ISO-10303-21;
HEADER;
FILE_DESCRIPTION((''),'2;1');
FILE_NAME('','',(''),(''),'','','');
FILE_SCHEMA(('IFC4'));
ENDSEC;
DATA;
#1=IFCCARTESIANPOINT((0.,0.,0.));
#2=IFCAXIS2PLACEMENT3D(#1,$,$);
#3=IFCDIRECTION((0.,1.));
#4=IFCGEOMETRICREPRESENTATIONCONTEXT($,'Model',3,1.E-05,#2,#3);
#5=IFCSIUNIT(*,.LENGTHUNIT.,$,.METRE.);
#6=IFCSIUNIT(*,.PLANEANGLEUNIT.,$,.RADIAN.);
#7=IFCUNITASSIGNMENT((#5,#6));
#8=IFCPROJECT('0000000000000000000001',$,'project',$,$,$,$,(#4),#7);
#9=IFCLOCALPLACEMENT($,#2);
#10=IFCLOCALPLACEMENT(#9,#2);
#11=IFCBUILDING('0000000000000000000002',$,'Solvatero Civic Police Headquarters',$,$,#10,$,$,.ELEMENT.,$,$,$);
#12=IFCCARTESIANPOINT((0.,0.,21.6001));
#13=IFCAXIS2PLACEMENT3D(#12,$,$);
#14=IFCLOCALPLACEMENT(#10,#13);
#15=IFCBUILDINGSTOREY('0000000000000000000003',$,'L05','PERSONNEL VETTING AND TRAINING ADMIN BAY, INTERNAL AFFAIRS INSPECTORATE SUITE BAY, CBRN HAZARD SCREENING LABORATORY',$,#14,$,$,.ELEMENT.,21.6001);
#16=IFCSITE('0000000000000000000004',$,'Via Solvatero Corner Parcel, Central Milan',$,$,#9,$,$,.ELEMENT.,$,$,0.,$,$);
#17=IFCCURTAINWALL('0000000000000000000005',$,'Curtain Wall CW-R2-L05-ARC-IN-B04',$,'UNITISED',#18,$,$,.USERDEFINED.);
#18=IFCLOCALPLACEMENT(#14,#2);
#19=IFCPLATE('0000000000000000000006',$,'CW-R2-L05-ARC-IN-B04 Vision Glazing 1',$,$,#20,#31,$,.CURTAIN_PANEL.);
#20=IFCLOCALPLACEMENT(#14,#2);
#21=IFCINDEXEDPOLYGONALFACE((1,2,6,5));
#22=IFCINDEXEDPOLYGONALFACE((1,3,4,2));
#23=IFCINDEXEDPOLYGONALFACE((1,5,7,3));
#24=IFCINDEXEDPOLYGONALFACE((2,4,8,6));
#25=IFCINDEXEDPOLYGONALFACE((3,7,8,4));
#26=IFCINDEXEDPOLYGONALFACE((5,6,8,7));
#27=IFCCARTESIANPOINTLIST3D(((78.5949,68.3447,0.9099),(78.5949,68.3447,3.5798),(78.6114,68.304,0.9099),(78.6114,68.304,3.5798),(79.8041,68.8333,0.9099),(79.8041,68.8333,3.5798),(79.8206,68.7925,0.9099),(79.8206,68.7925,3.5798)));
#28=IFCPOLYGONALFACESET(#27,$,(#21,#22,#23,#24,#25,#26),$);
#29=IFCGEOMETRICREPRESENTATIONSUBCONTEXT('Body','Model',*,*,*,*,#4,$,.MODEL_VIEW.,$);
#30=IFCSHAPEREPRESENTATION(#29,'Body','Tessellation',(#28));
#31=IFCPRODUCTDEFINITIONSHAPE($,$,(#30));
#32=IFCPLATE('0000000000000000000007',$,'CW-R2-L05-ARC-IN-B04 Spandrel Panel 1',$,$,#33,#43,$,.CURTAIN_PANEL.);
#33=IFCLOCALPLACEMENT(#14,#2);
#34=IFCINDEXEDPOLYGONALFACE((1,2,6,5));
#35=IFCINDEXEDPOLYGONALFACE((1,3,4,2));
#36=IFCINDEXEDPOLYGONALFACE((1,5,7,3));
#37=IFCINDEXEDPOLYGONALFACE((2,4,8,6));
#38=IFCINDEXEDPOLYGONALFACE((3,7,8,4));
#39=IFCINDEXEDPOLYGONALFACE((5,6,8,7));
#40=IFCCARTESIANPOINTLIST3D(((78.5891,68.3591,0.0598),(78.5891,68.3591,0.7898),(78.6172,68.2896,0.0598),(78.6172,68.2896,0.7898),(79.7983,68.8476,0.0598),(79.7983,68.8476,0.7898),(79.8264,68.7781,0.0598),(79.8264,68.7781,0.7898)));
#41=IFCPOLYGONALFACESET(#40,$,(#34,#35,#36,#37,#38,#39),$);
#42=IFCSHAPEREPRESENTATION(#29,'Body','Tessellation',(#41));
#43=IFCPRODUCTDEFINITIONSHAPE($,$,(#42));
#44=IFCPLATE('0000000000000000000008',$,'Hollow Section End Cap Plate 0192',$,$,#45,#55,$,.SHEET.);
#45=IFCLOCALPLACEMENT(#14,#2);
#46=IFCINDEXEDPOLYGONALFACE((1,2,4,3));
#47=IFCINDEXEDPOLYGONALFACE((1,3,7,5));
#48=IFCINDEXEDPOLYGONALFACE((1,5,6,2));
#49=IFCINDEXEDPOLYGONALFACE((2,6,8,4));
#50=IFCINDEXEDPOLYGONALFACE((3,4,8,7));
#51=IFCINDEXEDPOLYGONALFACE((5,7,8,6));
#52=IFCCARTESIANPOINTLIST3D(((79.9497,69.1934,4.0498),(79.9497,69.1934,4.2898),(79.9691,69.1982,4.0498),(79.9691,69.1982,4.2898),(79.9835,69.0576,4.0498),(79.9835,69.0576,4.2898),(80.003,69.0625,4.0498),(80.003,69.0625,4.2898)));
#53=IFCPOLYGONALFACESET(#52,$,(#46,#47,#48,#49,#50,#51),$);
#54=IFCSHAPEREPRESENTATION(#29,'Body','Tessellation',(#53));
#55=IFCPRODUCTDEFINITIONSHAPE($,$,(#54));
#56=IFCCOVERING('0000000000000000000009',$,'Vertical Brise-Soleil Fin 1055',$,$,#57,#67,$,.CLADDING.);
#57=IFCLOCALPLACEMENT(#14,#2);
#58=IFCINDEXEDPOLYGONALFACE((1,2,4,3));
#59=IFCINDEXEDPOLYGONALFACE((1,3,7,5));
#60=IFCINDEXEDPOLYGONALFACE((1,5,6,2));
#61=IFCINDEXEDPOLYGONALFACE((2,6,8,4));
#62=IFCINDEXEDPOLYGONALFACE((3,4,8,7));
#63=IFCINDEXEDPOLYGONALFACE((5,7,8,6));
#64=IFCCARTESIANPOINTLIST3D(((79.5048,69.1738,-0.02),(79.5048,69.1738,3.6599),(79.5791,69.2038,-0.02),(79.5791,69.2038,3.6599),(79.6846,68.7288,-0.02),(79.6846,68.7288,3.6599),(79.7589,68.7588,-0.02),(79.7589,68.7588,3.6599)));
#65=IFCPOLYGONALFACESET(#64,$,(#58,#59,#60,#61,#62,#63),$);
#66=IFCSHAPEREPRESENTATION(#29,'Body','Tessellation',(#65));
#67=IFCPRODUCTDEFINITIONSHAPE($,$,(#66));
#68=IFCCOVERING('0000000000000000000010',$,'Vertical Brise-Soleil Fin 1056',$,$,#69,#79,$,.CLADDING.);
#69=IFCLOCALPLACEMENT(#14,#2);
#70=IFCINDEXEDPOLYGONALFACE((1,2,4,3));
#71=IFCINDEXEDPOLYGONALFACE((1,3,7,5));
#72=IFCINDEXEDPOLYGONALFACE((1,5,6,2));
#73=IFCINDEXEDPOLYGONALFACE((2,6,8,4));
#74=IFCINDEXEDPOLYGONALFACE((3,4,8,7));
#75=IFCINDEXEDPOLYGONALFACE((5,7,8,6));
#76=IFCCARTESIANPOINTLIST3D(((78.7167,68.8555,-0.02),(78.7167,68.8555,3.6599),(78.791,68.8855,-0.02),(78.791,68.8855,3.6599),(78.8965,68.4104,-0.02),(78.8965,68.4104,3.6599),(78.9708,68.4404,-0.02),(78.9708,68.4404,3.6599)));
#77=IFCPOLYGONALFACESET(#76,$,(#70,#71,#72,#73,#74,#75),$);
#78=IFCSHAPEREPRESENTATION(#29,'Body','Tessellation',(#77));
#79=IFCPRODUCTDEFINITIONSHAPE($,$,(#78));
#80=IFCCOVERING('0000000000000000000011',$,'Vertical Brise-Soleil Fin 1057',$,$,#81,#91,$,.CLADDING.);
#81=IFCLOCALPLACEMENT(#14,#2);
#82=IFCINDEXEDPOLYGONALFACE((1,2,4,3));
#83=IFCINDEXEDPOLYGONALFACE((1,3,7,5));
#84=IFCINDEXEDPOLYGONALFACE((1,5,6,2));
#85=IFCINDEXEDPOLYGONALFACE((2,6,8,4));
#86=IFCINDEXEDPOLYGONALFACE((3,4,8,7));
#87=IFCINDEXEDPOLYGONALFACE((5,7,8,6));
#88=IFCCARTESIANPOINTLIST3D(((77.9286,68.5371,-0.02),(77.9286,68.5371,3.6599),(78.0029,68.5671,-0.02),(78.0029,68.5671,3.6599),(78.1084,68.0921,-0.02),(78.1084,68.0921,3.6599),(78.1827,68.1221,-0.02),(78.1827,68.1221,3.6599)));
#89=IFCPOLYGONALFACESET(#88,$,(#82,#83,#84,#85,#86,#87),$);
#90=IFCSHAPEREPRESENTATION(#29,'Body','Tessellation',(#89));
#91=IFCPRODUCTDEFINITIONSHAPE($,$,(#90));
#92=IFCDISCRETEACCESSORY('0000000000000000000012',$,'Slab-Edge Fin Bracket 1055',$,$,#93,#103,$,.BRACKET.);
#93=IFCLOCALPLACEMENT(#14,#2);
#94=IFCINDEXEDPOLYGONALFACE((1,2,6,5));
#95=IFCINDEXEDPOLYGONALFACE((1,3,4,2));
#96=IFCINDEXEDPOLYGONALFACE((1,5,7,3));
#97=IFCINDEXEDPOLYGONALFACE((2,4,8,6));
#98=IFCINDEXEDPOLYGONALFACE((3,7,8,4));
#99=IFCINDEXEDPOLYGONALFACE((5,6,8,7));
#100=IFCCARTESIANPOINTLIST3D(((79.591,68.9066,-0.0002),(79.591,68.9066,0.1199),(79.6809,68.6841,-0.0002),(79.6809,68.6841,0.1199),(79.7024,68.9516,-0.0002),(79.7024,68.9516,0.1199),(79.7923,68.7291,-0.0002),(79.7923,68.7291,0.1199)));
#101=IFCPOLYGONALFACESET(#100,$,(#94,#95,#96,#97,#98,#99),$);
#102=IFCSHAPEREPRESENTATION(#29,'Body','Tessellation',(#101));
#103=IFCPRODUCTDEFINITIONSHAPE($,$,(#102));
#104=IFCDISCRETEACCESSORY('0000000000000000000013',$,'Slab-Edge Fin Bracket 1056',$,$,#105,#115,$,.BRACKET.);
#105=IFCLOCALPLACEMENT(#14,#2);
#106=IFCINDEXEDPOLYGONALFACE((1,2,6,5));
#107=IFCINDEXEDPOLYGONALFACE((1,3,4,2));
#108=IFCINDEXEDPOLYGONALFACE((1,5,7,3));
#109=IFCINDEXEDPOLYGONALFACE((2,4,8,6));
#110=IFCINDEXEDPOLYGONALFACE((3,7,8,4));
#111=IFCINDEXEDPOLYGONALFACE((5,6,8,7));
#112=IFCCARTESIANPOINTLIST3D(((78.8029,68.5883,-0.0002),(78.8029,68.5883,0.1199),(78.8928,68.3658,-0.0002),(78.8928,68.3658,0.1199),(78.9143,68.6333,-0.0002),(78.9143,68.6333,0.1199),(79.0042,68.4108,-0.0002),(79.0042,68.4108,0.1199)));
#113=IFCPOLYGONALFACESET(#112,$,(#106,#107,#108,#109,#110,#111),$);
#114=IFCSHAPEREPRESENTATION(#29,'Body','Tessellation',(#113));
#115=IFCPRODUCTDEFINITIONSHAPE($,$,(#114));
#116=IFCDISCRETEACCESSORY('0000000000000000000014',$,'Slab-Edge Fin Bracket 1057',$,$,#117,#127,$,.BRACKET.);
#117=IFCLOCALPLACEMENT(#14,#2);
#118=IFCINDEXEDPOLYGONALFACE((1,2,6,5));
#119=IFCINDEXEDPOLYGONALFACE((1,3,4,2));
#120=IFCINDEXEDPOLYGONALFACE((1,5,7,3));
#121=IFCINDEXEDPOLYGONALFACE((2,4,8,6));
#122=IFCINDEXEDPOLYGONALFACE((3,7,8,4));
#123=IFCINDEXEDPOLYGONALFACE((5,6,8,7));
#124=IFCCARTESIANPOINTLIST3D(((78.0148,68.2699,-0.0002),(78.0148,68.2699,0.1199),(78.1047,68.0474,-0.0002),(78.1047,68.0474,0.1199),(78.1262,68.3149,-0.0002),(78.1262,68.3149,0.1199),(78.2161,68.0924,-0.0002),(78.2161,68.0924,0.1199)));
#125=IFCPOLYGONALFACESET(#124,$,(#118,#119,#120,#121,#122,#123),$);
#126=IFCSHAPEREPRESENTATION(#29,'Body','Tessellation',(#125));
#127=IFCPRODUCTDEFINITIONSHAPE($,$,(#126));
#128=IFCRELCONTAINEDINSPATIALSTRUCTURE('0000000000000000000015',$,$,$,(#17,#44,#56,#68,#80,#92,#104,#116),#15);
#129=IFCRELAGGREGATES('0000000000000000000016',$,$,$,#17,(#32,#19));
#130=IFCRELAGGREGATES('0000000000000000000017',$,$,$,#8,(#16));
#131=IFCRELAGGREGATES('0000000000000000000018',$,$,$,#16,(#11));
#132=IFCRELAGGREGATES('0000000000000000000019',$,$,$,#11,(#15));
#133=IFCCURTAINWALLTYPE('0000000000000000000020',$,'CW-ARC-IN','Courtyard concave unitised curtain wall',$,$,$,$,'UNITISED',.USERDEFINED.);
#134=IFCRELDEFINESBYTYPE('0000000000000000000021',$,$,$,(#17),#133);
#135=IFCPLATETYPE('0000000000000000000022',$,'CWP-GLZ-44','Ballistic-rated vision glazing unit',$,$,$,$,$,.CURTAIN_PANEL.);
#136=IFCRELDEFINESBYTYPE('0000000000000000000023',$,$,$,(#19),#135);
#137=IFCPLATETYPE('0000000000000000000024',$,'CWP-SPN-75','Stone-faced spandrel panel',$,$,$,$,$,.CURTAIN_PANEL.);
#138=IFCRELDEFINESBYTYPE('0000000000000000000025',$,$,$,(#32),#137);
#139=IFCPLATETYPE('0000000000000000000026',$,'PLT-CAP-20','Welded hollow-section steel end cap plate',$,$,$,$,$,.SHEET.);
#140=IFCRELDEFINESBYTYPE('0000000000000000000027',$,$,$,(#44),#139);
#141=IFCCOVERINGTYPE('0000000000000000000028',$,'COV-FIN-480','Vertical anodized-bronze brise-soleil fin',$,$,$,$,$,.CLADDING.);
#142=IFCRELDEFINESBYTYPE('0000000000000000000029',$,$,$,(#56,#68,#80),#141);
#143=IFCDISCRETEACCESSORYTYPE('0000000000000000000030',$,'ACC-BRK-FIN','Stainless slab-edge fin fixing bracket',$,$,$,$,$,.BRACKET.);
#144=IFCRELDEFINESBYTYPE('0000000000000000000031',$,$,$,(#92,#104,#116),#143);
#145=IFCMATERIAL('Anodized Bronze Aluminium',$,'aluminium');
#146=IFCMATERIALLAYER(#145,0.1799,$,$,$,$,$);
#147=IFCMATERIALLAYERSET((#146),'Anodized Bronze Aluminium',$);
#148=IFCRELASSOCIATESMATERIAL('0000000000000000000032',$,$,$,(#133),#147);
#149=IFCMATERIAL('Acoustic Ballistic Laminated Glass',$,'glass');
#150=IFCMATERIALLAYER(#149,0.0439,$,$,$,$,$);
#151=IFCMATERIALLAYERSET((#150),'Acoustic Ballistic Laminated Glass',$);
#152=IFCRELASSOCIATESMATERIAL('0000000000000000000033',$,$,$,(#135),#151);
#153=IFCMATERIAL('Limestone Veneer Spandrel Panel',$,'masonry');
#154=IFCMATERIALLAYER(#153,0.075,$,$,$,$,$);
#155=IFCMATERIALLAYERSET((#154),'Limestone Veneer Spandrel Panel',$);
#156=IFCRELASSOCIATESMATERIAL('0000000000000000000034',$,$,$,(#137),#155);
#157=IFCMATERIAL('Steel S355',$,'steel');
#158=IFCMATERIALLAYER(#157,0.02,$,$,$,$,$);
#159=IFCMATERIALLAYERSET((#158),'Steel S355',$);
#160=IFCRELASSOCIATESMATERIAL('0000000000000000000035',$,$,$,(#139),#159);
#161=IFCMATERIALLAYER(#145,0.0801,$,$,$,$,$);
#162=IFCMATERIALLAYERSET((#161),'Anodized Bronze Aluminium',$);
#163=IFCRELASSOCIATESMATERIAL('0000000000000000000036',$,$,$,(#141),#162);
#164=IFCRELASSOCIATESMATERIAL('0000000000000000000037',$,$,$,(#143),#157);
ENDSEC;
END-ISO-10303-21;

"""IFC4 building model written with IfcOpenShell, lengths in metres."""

from ifc_helpers import new_model, si_unit, direction, frame, origin, origin_2d, place, context, subcontext, project, spatial, rectangle, extrude, material, layer, layer_set, type_object, element, aggregate, save


model = new_model("IFC4")

# Units and contexts
model_context = context("Model", 3, precision=1e-05, world=origin(), true_north=direction((0.0, 1.0)))
body_context = subcontext(model_context, "Body", "Model", "MODEL_VIEW")
ifc_project = project(units=[si_unit("LENGTHUNIT", "METRE"), si_unit("PLANEANGLEUNIT", "RADIAN")], contexts=[model_context])

# Site, building, storey
site_placement = place(None, origin())
site = spatial("IfcSite", under=ifc_project, at=site_placement, Name="Via Solvatero Corner Parcel, Central Milan", CompositionType="ELEMENT", RefElevation=0.0)
building_placement = place(site_placement, origin())
building = spatial("IfcBuilding", under=site, at=building_placement, Name="Solvatero Civic Police Headquarters", CompositionType="ELEMENT")
storey_placement = place(building_placement, frame((0.0, 0.0, 21.6001)))
storey = spatial("IfcBuildingStorey", under=building, at=storey_placement, Name="L05", Description="PERSONNEL VETTING AND TRAINING ADMIN BAY, INTERNAL AFFAIRS INSPECTORATE SUITE BAY, CBRN HAZARD SCREENING LABORATORY", CompositionType="ELEMENT", Elevation=21.6001)

# Shared definitions
ifc_material_1 = material(Name="Steel S355", Category="steel")

# Curtain wall, plates
ifc_material_2 = material(Name="Anodized Bronze Aluminium", Category="aluminium")
ifc_layer_1 = layer(ifc_material_2, 0.1799)
ifc_layer_set_1 = layer_set([ifc_layer_1], Name="Anodized Bronze Aluminium")
curtain_wall_type = type_object("IfcCurtainWallType", Name="CW-ARC-IN", Description="Courtyard concave unitised curtain wall", ElementType="UNITISED", PredefinedType="USERDEFINED", material=ifc_layer_set_1)
curtain_wall_placement = place(storey_placement, origin())
curtain_wall = element("IfcCurtainWall", 1, at=curtain_wall_placement, inside=storey, type_object=curtain_wall_type, Name="Curtain Wall CW-R2-L05-ARC-IN-B04", ObjectType="UNITISED", PredefinedType="USERDEFINED")
ifc_material_3 = material(Name="Acoustic Ballistic Laminated Glass", Category="glass")
ifc_layer_2 = layer(ifc_material_3, 0.0439)
ifc_layer_set_2 = layer_set([ifc_layer_2], Name="Acoustic Ballistic Laminated Glass")
plate_type_1 = type_object("IfcPlateType", Name="CWP-GLZ-44", Description="Ballistic-rated vision glazing unit", PredefinedType="CURTAIN_PANEL", material=ifc_layer_set_2)
plate_1_placement = place(storey_placement, frame((79.2078, 68.5686, 0.9099), z_axis=(0.0, 0.0, 1.0), x_axis=(-0.927184, -0.374607, 0.0)))
plate_1 = element("IfcPlate", 2, at=plate_1_placement, type_object=plate_type_1, Name="CW-R2-L05-ARC-IN-B04 Vision Glazing 1", PredefinedType="CURTAIN_PANEL", context=body_context, shape_type="SweptSolid", body=[
    extrude(rectangle(XDim=1.3042, YDim=0.0439, at=origin_2d()), origin(), (0.0, 0.0, 1.0), 2.6699),
])
ifc_material_4 = material(Name="Limestone Veneer Spandrel Panel", Category="masonry")
ifc_layer_3 = layer(ifc_material_4, 0.075)
ifc_layer_set_3 = layer_set([ifc_layer_3], Name="Limestone Veneer Spandrel Panel")
plate_type_2 = type_object("IfcPlateType", Name="CWP-SPN-75", Description="Stone-faced spandrel panel", PredefinedType="CURTAIN_PANEL", material=ifc_layer_set_3)
plate_2_placement = place(storey_placement, frame((79.2078, 68.5686, 0.0598), z_axis=(0.0, 0.0, 1.0), x_axis=(-0.927184, -0.374607, 0.0)))
plate_2 = element("IfcPlate", 3, at=plate_2_placement, type_object=plate_type_2, Name="CW-R2-L05-ARC-IN-B04 Spandrel Panel 1", PredefinedType="CURTAIN_PANEL", context=body_context, shape_type="SweptSolid", body=[
    extrude(rectangle(XDim=1.3042, YDim=0.075, at=origin_2d()), origin(), (0.0, 0.0, 1.0), 0.73),
])
aggregate(curtain_wall, [plate_2, plate_1])

# Plate
ifc_layer_4 = layer(ifc_material_1, 0.02)
ifc_layer_set_4 = layer_set([ifc_layer_4], Name="Steel S355")
plate_type_3 = type_object("IfcPlateType", Name="PLT-CAP-20", Description="Welded hollow-section steel end cap plate", PredefinedType="SHEET", material=ifc_layer_set_4)
plate_3_placement = place(storey_placement, frame((79.9763, 69.1279, 4.0498), z_axis=(0.0, 0.0, 1.0), x_axis=(-0.970296, -0.241922, 0.0)))
element("IfcPlate", 4, at=plate_3_placement, inside=storey, type_object=plate_type_3, Name="Hollow Section End Cap Plate 0192", PredefinedType="SHEET", context=body_context, shape_type="SweptSolid", body=[
    extrude(rectangle(XDim=0.02, YDim=0.1399, at=origin_2d()), origin(), (0.0, 0.0, 1.0), 0.24),
])

# Coverings
ifc_layer_5 = layer(ifc_material_2, 0.0801)
ifc_layer_set_5 = layer_set([ifc_layer_5], Name="Anodized Bronze Aluminium")
covering_type = type_object("IfcCoveringType", Name="COV-FIN-480", Description="Vertical anodized-bronze brise-soleil fin", PredefinedType="CLADDING", material=ifc_layer_set_5)
for number, where, z_axis, x_axis, name in (
    (5, (79.6318, 68.9663, -0.02), (0.0, 0.0, 1.0), (-0.927184, -0.374607, 0.0), "Vertical Brise-Soleil Fin 1055"),
    (6, (78.8438, 68.6479, -0.02), (0.0, 0.0, 1.0), (-0.927184, -0.374607, 0.0), "Vertical Brise-Soleil Fin 1056"),
    (7, (78.0557, 68.3296, -0.02), (0.0, 0.0, 1.0), (-0.927184, -0.374607, 0.0), "Vertical Brise-Soleil Fin 1057"),
):
    element("IfcCovering", number, at=place(storey_placement, frame(where, z_axis=z_axis, x_axis=x_axis)), inside=storey, type_object=covering_type, Name=name, PredefinedType="CLADDING", context=body_context, shape_type="SweptSolid", body=[
        extrude(rectangle(XDim=0.0801, YDim=0.48, at=origin_2d()), origin(), (0.0, 0.0, 1.0), 3.6799),
    ])

# Discrete accessories
discrete_accessory_type = type_object("IfcDiscreteAccessoryType", Name="ACC-BRK-FIN", Description="Stainless slab-edge fin fixing bracket", PredefinedType="BRACKET", material=ifc_material_1)
for number, where, z_axis, x_axis, name in (
    (8, (79.6917, 68.8179, -0.0002), (0.0, 0.0, 1.0), (-0.927184, -0.374607, 0.0), "Slab-Edge Fin Bracket 1055"),
    (9, (78.9036, 68.4995, -0.0002), (0.0, 0.0, 1.0), (-0.927184, -0.374607, 0.0), "Slab-Edge Fin Bracket 1056"),
    (10, (78.1155, 68.1812, -0.0002), (0.0, 0.0, 1.0), (-0.927184, -0.374607, 0.0), "Slab-Edge Fin Bracket 1057"),
):
    element("IfcDiscreteAccessory", number, at=place(storey_placement, frame(where, z_axis=z_axis, x_axis=x_axis)), inside=storey, type_object=discrete_accessory_type, Name=name, PredefinedType="BRACKET", context=body_context, shape_type="SweptSolid", body=[
        extrude(rectangle(XDim=0.1201, YDim=0.24, at=origin_2d()), origin(), (0.0, 0.0, 1.0), 0.1201),
    ])

save(model, "model.ifc")
